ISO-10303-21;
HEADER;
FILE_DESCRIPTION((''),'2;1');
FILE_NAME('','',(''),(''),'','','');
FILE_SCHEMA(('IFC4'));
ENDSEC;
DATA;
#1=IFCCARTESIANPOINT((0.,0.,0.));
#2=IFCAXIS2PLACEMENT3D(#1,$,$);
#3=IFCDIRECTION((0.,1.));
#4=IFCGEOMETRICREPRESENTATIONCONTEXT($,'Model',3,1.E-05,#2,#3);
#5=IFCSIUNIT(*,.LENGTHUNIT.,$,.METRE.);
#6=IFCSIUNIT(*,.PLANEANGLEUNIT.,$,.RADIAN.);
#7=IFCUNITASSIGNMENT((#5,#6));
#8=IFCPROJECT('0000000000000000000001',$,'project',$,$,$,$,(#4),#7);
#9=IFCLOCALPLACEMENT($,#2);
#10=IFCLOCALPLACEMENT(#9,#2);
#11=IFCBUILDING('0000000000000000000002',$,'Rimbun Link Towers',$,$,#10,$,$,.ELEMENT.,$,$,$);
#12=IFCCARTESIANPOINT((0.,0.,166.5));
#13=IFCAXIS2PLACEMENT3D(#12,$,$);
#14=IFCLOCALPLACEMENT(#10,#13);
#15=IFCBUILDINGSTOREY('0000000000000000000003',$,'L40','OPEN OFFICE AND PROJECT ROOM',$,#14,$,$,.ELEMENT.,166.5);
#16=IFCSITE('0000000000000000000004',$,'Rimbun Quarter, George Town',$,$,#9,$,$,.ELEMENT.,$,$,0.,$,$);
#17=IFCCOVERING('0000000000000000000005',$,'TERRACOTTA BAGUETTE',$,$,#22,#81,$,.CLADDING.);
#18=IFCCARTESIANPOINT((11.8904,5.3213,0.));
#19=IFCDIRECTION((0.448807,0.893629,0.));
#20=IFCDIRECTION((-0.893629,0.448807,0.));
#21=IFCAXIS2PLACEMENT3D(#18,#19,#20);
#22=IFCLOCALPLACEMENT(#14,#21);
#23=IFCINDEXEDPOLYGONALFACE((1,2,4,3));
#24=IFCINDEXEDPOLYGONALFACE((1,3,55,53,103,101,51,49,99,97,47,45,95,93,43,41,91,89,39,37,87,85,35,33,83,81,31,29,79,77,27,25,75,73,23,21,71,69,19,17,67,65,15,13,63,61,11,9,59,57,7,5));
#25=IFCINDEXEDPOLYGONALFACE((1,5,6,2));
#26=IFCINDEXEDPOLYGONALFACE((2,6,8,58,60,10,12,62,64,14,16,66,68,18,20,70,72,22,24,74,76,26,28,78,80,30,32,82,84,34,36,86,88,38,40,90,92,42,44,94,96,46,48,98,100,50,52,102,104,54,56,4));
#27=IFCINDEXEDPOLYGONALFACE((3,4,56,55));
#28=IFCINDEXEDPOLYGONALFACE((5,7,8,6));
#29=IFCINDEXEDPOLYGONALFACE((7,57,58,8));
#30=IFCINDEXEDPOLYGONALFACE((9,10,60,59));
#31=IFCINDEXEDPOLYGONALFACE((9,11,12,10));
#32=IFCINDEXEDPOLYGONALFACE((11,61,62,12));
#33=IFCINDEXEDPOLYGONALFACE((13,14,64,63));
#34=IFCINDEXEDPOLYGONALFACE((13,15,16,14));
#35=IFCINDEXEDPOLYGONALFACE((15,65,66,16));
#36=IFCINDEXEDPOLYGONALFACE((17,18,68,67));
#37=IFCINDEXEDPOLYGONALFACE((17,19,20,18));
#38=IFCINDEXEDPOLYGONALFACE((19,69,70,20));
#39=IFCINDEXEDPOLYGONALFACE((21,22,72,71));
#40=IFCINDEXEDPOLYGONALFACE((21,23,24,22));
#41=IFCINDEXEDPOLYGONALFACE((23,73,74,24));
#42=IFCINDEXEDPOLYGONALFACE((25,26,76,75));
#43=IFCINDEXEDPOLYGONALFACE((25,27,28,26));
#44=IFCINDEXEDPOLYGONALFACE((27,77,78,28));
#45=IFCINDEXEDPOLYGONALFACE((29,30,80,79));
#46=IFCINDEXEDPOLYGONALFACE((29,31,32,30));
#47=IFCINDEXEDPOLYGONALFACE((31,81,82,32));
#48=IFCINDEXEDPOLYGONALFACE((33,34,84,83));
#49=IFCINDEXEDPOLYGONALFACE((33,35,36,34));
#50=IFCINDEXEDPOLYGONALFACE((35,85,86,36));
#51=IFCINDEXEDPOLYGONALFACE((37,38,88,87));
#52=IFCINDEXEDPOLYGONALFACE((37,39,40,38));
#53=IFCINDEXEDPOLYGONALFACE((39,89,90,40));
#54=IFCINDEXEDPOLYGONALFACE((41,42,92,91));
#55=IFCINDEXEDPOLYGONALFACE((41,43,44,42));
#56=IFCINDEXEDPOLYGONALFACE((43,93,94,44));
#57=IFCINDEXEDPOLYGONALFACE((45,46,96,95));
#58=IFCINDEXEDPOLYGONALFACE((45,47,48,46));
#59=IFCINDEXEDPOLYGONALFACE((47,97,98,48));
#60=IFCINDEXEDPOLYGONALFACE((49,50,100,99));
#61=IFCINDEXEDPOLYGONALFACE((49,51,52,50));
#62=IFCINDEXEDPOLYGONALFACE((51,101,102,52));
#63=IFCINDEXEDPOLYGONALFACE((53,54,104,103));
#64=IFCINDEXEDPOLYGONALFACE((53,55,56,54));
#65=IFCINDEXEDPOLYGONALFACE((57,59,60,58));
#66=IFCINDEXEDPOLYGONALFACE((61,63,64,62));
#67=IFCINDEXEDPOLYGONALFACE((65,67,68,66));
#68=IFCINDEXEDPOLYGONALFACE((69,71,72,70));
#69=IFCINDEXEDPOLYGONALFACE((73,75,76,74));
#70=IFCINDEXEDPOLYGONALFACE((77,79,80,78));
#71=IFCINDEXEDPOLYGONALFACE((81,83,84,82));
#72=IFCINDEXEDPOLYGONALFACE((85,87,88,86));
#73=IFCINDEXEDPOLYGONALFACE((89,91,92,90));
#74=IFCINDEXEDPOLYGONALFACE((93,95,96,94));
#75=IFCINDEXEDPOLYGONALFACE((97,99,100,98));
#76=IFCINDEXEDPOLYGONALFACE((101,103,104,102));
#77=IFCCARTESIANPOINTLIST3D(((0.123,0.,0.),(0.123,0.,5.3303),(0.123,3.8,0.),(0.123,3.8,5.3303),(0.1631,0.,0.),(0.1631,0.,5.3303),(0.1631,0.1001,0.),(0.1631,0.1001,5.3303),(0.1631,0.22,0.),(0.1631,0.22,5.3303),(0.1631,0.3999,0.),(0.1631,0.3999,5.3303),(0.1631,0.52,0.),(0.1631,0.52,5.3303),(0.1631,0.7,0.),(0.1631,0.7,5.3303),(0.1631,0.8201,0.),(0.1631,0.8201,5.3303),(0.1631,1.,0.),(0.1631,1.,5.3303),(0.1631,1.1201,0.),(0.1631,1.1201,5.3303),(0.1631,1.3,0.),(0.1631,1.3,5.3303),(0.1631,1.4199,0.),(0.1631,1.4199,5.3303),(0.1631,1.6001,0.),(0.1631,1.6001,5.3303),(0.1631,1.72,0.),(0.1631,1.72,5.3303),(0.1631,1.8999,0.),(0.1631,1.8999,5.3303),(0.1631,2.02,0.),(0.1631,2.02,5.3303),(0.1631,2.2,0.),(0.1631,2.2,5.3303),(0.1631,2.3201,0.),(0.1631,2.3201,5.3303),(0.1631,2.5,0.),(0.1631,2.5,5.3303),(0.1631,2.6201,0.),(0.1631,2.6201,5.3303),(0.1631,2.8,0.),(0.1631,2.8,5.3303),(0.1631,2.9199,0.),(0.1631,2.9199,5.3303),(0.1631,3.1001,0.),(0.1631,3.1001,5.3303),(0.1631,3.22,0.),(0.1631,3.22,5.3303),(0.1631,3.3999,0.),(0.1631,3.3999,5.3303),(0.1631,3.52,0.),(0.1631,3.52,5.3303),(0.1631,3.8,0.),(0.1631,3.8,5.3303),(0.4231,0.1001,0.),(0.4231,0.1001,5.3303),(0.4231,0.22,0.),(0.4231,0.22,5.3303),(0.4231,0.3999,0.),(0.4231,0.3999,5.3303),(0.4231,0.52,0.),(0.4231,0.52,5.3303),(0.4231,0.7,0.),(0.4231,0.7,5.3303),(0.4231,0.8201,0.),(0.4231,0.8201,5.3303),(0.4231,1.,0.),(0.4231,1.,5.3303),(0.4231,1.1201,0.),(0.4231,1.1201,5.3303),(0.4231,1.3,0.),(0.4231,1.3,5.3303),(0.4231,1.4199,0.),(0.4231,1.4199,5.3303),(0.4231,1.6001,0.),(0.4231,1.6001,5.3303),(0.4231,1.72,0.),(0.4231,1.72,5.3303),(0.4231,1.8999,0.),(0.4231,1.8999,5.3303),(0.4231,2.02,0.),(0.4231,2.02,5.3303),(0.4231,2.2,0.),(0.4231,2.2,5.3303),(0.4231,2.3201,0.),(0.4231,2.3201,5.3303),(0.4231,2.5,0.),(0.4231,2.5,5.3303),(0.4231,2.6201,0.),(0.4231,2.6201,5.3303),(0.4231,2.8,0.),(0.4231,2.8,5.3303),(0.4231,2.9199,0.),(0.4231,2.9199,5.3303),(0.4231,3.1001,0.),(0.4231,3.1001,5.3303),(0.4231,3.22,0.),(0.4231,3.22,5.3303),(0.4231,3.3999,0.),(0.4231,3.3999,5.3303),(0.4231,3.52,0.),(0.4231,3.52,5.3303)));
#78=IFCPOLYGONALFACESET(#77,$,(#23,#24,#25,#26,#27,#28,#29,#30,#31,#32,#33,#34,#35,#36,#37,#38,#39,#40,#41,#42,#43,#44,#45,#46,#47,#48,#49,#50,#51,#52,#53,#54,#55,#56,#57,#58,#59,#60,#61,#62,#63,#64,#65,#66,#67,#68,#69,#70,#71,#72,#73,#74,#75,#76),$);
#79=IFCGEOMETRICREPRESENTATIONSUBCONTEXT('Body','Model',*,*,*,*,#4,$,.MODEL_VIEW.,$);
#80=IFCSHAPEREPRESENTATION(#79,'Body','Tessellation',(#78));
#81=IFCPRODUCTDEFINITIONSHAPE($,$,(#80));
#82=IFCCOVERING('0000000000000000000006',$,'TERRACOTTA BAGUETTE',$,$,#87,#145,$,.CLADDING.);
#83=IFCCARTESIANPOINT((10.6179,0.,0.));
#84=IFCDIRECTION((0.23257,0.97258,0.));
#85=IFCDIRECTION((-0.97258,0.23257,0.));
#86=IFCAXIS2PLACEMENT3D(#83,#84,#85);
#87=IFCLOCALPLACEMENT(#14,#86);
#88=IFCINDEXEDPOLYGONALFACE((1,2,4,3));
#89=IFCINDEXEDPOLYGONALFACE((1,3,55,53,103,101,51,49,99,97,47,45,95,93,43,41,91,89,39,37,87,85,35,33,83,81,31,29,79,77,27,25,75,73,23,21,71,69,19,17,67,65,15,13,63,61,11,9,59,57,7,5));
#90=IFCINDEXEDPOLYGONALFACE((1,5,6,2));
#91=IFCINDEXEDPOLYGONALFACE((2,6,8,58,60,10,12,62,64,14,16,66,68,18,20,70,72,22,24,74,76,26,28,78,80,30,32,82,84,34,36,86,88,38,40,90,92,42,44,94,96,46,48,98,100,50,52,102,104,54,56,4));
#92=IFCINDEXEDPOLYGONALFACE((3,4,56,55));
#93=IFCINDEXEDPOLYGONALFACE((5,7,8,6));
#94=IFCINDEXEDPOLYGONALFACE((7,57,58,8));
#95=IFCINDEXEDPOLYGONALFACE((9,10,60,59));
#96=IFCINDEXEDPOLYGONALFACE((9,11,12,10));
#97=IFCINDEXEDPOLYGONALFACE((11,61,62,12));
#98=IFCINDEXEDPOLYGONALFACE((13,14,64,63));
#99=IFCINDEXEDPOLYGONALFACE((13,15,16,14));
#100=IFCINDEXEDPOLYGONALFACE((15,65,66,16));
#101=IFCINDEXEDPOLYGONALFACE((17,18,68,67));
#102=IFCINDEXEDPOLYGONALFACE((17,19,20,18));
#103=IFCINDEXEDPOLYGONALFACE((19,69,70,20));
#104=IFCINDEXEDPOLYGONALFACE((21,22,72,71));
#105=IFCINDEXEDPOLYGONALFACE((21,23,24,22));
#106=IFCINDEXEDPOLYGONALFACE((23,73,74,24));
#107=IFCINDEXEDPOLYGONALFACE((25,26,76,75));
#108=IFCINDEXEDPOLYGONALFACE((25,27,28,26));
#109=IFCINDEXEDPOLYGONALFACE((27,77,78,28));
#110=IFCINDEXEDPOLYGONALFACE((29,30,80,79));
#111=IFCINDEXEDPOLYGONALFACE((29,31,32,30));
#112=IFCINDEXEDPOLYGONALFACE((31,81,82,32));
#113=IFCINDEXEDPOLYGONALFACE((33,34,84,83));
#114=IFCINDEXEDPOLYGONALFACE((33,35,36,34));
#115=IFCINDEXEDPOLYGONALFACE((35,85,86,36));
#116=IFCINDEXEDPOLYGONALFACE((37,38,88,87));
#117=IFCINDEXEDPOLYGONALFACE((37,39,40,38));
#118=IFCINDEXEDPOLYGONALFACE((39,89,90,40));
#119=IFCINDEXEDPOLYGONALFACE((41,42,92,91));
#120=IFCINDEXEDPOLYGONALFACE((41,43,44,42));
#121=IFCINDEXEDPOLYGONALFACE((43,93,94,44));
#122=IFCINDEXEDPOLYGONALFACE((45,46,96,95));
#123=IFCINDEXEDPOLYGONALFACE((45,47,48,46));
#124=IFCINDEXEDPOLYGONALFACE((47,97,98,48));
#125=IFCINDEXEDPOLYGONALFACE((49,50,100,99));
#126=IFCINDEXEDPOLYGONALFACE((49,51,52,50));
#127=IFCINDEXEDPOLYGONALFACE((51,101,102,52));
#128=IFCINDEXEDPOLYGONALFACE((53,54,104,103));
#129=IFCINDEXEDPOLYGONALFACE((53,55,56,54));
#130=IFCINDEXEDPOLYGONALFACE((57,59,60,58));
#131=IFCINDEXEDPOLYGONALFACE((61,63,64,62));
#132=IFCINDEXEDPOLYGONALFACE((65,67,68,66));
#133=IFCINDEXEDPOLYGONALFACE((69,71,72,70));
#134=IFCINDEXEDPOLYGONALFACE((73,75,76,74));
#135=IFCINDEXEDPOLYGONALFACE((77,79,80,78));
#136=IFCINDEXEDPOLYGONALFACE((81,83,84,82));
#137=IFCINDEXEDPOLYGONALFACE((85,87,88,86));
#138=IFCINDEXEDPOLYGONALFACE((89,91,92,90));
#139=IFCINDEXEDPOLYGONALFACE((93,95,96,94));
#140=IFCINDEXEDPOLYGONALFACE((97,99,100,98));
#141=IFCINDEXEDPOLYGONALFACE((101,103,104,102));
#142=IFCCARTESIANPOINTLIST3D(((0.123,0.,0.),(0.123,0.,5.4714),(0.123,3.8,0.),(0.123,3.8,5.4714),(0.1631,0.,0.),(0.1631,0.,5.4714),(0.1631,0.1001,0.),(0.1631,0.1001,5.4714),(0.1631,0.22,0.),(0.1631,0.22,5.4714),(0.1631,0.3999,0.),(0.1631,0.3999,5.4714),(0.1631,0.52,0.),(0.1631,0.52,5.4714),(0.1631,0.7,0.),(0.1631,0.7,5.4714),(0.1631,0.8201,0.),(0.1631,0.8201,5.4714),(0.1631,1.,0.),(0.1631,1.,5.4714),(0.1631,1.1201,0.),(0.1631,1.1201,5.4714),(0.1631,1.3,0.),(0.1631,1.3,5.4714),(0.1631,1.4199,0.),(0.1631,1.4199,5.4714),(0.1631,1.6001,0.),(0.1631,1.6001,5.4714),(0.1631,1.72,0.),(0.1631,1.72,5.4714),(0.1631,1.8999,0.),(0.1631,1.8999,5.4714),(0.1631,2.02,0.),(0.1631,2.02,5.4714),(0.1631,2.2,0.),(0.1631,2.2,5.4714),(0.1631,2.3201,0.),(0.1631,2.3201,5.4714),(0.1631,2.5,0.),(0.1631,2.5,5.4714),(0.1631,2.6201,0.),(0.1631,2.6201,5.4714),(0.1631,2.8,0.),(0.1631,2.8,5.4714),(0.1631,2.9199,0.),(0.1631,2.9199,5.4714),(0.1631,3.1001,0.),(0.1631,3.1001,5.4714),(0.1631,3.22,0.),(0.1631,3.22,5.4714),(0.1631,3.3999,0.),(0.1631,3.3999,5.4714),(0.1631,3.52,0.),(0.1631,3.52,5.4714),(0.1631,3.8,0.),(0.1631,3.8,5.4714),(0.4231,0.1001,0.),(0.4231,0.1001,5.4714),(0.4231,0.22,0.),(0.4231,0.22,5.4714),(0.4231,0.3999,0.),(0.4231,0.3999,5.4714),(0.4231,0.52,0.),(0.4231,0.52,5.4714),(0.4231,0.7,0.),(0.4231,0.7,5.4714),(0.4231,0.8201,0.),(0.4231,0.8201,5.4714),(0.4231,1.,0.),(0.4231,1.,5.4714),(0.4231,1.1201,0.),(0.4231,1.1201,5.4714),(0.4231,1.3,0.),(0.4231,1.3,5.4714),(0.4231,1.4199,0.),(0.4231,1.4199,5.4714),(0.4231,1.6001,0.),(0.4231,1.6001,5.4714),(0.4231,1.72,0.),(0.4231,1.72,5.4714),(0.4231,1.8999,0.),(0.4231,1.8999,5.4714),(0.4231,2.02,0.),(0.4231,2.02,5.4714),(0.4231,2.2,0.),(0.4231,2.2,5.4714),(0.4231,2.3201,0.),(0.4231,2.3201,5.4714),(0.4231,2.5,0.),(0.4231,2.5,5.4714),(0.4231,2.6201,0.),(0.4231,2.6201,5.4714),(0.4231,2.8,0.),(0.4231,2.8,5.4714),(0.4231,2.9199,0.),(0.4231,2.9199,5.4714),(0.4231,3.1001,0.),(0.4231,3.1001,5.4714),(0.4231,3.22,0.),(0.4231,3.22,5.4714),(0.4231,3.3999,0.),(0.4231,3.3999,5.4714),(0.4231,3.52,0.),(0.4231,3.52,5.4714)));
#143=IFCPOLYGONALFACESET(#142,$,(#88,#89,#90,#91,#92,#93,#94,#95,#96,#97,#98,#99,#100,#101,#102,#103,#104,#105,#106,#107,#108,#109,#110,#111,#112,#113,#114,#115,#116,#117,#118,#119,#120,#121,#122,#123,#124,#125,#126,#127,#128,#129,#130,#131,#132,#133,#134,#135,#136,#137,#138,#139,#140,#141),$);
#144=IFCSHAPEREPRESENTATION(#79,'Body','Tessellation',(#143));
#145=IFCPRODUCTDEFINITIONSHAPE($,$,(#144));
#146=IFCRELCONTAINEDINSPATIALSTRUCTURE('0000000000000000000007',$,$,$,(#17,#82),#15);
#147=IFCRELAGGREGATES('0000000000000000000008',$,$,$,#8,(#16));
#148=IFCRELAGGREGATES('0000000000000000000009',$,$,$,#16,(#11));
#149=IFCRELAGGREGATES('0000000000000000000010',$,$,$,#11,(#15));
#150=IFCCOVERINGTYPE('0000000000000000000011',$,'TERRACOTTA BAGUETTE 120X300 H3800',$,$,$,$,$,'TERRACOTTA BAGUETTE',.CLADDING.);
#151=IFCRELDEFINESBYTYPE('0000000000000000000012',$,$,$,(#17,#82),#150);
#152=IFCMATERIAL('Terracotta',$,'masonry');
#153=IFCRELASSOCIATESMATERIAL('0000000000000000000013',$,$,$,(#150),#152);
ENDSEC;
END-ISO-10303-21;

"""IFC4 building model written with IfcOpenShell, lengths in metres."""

from ifc_helpers import new_model, si_unit, direction, frame, origin, place, context, subcontext, project, spatial, polyline, outline, extrude, material, material_profile, profile_set, type_object, element, save


model = new_model("IFC4")

# Units and contexts
model_context = context("Model", 3, precision=1e-05, world=origin(), true_north=direction((0.0, 1.0)))
body_context = subcontext(model_context, "Body", "Model", "MODEL_VIEW")
ifc_project = project(units=[si_unit("LENGTHUNIT", "METRE"), si_unit("PLANEANGLEUNIT", "RADIAN")], contexts=[model_context])

# Site, building, storey
site_placement = place(None, origin())
site = spatial("IfcSite", under=ifc_project, at=site_placement, Name="Rimbun Quarter, George Town", CompositionType="ELEMENT", RefElevation=0.0)
building_placement = place(site_placement, origin())
building = spatial("IfcBuilding", under=site, at=building_placement, Name="Rimbun Link Towers", CompositionType="ELEMENT")
storey_placement = place(building_placement, frame((0.0, 0.0, 166.5)))
storey = spatial("IfcBuildingStorey", under=building, at=storey_placement, Name="L40", Description="OPEN OFFICE AND PROJECT ROOM", CompositionType="ELEMENT", Elevation=166.5)

# Coverings
ifc_material_1 = material(Name="Terracotta", Category="masonry")
ifc_material_profile_1 = material_profile(ifc_material_1, outline(polyline([(0.123, 0.0), (0.1631, 0.0), (0.1631, 0.1001), (0.4231, 0.1001), (0.4231, 0.22), (0.1631, 0.22), (0.1631, 0.3999), (0.4231, 0.3999), (0.4231, 0.52), (0.1631, 0.52), (0.1631, 0.7), (0.4231, 0.7), (0.4231, 0.8201), (0.1631, 0.8201), (0.1631, 1.0), (0.4231, 1.0), (0.4231, 1.1201), (0.1631, 1.1201), (0.1631, 1.3), (0.4231, 1.3), (0.4231, 1.4199), (0.1631, 1.4199), (0.1631, 1.6001), (0.4231, 1.6001), (0.4231, 1.72), (0.1631, 1.72), (0.1631, 1.8999), (0.4231, 1.8999), (0.4231, 2.02), (0.1631, 2.02), (0.1631, 2.2), (0.4231, 2.2), (0.4231, 2.3201), (0.1631, 2.3201), (0.1631, 2.5), (0.4231, 2.5), (0.4231, 2.6201), (0.1631, 2.6201), (0.1631, 2.8), (0.4231, 2.8), (0.4231, 2.9199), (0.1631, 2.9199), (0.1631, 3.1001), (0.4231, 3.1001), (0.4231, 3.22), (0.1631, 3.22), (0.1631, 3.3999), (0.4231, 3.3999), (0.4231, 3.52), (0.1631, 3.52), (0.1631, 3.8), (0.123, 3.8), (0.123, 0.0)])), Name="BAGUETTE 120X300")
ifc_profile_set_1 = profile_set([ifc_material_profile_1], Name="Terracotta")
covering_type_1 = type_object("IfcCoveringType", Name="TERRACOTTA BAGUETTE 120X300 H3800", ElementType="TERRACOTTA BAGUETTE", PredefinedType="CLADDING", material=ifc_profile_set_1)
covering_1_placement = place(storey_placement, frame((11.8904, 5.3213, 0.0), z_axis=(0.448807, 0.893629, 0.0), x_axis=(-0.893629, 0.448807, 0.0)))
element("IfcCovering", 1, at=covering_1_placement, inside=storey, type_object=covering_type_1, Name="TERRACOTTA BAGUETTE", PredefinedType="CLADDING", context=body_context, shape_type="SweptSolid", body=[
    extrude(outline(polyline([(0.123, 0.0), (0.1631, 0.0), (0.1631, 0.1001), (0.4231, 0.1001), (0.4231, 0.22), (0.1631, 0.22), (0.1631, 0.3999), (0.4231, 0.3999), (0.4231, 0.52), (0.1631, 0.52), (0.1631, 0.7), (0.4231, 0.7), (0.4231, 0.8201), (0.1631, 0.8201), (0.1631, 1.0), (0.4231, 1.0), (0.4231, 1.1201), (0.1631, 1.1201), (0.1631, 1.3), (0.4231, 1.3), (0.4231, 1.4199), (0.1631, 1.4199), (0.1631, 1.6001), (0.4231, 1.6001), (0.4231, 1.72), (0.1631, 1.72), (0.1631, 1.8999), (0.4231, 1.8999), (0.4231, 2.02), (0.1631, 2.02), (0.1631, 2.2), (0.4231, 2.2), (0.4231, 2.3201), (0.1631, 2.3201), (0.1631, 2.5), (0.4231, 2.5), (0.4231, 2.6201), (0.1631, 2.6201), (0.1631, 2.8), (0.4231, 2.8), (0.4231, 2.9199), (0.1631, 2.9199), (0.1631, 3.1001), (0.4231, 3.1001), (0.4231, 3.22), (0.1631, 3.22), (0.1631, 3.3999), (0.4231, 3.3999), (0.4231, 3.52), (0.1631, 3.52), (0.1631, 3.8), (0.123, 3.8), (0.123, 0.0)])), origin(), (0.0, 0.0, 1.0), 5.3303),
])
covering_2_placement = place(storey_placement, frame((10.6179, 0.0, 0.0), z_axis=(0.23257, 0.97258, 0.0), x_axis=(-0.97258, 0.23257, 0.0)))
element("IfcCovering", 2, at=covering_2_placement, inside=storey, type_object=covering_type_1, Name="TERRACOTTA BAGUETTE", PredefinedType="CLADDING", context=body_context, shape_type="SweptSolid", body=[
    extrude(outline(polyline([(0.123, 0.0), (0.1631, 0.0), (0.1631, 0.1001), (0.4231, 0.1001), (0.4231, 0.22), (0.1631, 0.22), (0.1631, 0.3999), (0.4231, 0.3999), (0.4231, 0.52), (0.1631, 0.52), (0.1631, 0.7), (0.4231, 0.7), (0.4231, 0.8201), (0.1631, 0.8201), (0.1631, 1.0), (0.4231, 1.0), (0.4231, 1.1201), (0.1631, 1.1201), (0.1631, 1.3), (0.4231, 1.3), (0.4231, 1.4199), (0.1631, 1.4199), (0.1631, 1.6001), (0.4231, 1.6001), (0.4231, 1.72), (0.1631, 1.72), (0.1631, 1.8999), (0.4231, 1.8999), (0.4231, 2.02), (0.1631, 2.02), (0.1631, 2.2), (0.4231, 2.2), (0.4231, 2.3201), (0.1631, 2.3201), (0.1631, 2.5), (0.4231, 2.5), (0.4231, 2.6201), (0.1631, 2.6201), (0.1631, 2.8), (0.4231, 2.8), (0.4231, 2.9199), (0.1631, 2.9199), (0.1631, 3.1001), (0.4231, 3.1001), (0.4231, 3.22), (0.1631, 3.22), (0.1631, 3.3999), (0.4231, 3.3999), (0.4231, 3.52), (0.1631, 3.52), (0.1631, 3.8), (0.123, 3.8), (0.123, 0.0)])), origin(), (0.0, 0.0, 1.0), 5.4714),
])

save(model, "model.ifc")
